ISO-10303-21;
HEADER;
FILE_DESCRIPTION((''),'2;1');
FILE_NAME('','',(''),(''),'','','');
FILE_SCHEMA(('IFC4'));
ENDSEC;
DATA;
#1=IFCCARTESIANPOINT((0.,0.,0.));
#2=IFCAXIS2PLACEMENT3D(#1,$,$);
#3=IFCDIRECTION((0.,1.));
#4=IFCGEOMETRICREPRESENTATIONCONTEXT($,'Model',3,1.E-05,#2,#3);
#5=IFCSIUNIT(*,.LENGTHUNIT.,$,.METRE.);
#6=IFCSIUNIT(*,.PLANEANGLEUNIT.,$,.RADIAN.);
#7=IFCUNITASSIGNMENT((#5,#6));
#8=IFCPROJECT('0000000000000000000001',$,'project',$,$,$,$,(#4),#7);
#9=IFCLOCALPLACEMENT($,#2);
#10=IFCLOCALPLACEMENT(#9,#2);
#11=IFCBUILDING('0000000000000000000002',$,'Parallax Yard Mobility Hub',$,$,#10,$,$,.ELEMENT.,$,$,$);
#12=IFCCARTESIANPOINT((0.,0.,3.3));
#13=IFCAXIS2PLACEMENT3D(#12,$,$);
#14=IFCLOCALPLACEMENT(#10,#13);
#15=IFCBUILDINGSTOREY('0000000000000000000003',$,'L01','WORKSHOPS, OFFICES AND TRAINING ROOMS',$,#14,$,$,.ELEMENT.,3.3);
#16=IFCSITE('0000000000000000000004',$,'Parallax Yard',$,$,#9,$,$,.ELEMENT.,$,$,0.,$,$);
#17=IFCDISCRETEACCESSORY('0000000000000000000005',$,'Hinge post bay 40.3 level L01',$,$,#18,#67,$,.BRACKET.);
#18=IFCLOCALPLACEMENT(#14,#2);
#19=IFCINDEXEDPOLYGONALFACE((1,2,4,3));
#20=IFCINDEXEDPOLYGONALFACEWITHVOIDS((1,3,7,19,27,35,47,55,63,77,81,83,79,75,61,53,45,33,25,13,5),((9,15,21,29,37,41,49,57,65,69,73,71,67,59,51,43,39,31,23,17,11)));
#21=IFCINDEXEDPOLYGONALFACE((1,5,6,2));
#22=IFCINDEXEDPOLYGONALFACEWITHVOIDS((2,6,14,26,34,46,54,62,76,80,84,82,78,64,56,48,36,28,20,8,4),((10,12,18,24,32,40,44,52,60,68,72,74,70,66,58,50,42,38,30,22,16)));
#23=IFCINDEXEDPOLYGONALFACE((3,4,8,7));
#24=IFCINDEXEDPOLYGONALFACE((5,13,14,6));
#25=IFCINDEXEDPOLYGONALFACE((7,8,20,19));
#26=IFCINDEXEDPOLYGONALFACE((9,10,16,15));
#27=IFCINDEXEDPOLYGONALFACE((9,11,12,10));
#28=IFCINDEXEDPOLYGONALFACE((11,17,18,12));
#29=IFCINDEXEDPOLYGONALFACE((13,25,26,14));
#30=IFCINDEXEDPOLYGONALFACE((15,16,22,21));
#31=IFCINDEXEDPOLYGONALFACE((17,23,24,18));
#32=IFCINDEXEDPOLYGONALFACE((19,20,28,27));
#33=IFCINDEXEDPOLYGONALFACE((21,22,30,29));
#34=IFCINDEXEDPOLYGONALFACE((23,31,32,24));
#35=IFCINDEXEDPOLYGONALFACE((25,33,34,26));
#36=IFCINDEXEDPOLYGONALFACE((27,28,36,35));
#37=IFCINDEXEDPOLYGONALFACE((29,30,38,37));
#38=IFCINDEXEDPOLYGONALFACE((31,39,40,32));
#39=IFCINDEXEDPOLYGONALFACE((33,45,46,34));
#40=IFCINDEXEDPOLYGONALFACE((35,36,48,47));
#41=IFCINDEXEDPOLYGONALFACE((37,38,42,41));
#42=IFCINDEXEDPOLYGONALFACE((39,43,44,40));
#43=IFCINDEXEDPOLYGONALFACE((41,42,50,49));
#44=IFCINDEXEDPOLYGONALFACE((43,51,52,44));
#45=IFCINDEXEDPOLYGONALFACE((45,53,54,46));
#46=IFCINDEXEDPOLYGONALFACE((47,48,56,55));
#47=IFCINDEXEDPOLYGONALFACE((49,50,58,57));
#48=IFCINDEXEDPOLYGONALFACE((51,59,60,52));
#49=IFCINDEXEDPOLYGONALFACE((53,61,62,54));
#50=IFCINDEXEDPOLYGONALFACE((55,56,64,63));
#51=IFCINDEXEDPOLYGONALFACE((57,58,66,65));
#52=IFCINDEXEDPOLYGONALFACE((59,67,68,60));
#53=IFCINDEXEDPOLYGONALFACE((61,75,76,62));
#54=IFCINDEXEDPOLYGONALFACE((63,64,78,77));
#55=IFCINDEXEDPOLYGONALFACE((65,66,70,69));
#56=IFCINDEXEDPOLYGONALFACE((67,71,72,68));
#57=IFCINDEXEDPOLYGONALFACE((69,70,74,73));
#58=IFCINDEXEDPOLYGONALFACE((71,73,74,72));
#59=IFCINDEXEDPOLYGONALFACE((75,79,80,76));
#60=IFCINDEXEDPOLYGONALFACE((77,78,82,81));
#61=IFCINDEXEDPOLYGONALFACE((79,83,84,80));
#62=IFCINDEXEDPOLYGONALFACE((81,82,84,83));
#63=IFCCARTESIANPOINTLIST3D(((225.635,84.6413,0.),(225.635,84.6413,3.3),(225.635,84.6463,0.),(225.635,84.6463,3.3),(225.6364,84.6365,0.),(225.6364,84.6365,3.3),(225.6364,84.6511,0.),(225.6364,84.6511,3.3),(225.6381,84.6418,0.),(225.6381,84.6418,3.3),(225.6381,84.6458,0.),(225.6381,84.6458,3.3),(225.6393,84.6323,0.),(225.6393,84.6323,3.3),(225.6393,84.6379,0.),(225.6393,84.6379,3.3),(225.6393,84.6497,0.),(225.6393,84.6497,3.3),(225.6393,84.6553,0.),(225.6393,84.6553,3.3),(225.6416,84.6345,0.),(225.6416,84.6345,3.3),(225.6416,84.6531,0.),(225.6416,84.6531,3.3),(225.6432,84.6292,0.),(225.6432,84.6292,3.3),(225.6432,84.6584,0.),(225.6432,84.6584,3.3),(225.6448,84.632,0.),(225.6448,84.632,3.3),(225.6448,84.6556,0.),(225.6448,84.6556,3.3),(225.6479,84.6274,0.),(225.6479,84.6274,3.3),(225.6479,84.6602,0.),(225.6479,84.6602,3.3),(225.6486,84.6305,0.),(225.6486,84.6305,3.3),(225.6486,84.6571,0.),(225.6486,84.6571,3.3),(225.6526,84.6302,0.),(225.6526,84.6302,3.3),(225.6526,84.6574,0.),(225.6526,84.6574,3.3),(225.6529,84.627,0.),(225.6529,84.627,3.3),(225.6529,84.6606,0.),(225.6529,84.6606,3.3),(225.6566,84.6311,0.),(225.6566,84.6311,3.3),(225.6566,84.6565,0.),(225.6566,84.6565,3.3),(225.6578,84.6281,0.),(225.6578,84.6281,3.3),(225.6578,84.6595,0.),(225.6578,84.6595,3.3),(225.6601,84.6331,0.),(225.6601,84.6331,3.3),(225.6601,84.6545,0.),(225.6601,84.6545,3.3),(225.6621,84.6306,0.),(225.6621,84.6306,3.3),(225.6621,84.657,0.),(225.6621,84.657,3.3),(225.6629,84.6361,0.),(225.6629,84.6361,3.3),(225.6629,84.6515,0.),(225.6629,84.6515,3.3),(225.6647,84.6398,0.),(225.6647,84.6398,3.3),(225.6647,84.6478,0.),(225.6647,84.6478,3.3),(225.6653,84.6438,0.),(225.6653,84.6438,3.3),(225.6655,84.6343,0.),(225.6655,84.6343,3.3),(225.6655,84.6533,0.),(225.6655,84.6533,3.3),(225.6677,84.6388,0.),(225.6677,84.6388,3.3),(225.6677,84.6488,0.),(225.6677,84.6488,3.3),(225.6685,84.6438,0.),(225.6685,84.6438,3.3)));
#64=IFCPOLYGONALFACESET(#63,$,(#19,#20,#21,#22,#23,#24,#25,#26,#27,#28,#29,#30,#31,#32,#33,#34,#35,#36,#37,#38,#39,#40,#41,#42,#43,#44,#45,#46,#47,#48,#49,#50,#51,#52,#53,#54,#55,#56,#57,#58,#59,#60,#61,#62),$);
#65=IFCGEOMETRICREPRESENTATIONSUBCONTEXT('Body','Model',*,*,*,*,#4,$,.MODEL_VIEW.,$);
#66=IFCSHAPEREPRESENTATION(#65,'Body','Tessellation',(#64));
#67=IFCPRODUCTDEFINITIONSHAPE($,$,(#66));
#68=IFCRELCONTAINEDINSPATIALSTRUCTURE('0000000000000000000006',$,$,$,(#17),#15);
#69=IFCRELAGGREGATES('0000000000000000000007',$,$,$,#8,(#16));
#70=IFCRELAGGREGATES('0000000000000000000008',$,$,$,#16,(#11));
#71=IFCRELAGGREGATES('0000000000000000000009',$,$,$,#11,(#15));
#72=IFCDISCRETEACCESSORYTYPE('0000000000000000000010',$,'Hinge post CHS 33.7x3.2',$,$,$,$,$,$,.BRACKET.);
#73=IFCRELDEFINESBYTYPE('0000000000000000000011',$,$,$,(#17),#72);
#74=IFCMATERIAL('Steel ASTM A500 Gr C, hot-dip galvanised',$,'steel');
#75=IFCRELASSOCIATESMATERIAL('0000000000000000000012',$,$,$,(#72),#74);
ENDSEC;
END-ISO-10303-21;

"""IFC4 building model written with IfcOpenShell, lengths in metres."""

from ifc_helpers import new_model, si_unit, direction, frame, origin, origin_2d, place, context, subcontext, project, spatial, hollow_circle, extrude, material, material_profile, profile_set, type_object, element, save


model = new_model("IFC4")

# Units and contexts
model_context = context("Model", 3, precision=1e-05, world=origin(), true_north=direction((0.0, 1.0)))
body_context = subcontext(model_context, "Body", "Model", "MODEL_VIEW")
ifc_project = project(units=[si_unit("LENGTHUNIT", "METRE"), si_unit("PLANEANGLEUNIT", "RADIAN")], contexts=[model_context])

# Site, building, storey
site_placement = place(None, origin())
site = spatial("IfcSite", under=ifc_project, at=site_placement, Name="Parallax Yard", CompositionType="ELEMENT", RefElevation=0.0)
building_placement = place(site_placement, origin())
building = spatial("IfcBuilding", under=site, at=building_placement, Name="Parallax Yard Mobility Hub", CompositionType="ELEMENT")
storey_placement = place(building_placement, frame((0.0, 0.0, 3.3)))
storey = spatial("IfcBuildingStorey", under=building, at=storey_placement, Name="L01", Description="WORKSHOPS, OFFICES AND TRAINING ROOMS", CompositionType="ELEMENT", Elevation=3.3)

# Discrete accessory
ifc_material_1 = material(Name="Steel ASTM A500 Gr C, hot-dip galvanised", Category="steel")
ifc_material_profile = material_profile(ifc_material_1, hollow_circle(Radius=0.0168, WallThickness=0.0032, at=origin_2d()), Name="CHS 33.7x3.2")
ifc_profile_set = profile_set([ifc_material_profile], Name="Steel ASTM A500 Gr C, hot-dip galvanised")
discrete_accessory_type_1 = type_object("IfcDiscreteAccessoryType", Name="Hinge post CHS 33.7x3.2", PredefinedType="BRACKET", material=ifc_profile_set)
for number, where, z_axis, x_axis, name in (
    (1, (225.6516, 84.6438, 0.0), (0.0, 0.0, 1.0), (1.0, 0.0, 0.0), "Hinge post bay 40.3 level L01"),
):
    element("IfcDiscreteAccessory", number, at=place(storey_placement, frame(where, z_axis=z_axis, x_axis=x_axis)), inside=storey, type_object=discrete_accessory_type_1, Name=name, PredefinedType="BRACKET", context=body_context, shape_type="SweptSolid", body=[
        extrude(hollow_circle(Radius=0.0168, WallThickness=0.0032, at=origin_2d()), origin(), (0.0, 0.0, 1.0), 3.3),
    ])

save(model, "model.ifc")
